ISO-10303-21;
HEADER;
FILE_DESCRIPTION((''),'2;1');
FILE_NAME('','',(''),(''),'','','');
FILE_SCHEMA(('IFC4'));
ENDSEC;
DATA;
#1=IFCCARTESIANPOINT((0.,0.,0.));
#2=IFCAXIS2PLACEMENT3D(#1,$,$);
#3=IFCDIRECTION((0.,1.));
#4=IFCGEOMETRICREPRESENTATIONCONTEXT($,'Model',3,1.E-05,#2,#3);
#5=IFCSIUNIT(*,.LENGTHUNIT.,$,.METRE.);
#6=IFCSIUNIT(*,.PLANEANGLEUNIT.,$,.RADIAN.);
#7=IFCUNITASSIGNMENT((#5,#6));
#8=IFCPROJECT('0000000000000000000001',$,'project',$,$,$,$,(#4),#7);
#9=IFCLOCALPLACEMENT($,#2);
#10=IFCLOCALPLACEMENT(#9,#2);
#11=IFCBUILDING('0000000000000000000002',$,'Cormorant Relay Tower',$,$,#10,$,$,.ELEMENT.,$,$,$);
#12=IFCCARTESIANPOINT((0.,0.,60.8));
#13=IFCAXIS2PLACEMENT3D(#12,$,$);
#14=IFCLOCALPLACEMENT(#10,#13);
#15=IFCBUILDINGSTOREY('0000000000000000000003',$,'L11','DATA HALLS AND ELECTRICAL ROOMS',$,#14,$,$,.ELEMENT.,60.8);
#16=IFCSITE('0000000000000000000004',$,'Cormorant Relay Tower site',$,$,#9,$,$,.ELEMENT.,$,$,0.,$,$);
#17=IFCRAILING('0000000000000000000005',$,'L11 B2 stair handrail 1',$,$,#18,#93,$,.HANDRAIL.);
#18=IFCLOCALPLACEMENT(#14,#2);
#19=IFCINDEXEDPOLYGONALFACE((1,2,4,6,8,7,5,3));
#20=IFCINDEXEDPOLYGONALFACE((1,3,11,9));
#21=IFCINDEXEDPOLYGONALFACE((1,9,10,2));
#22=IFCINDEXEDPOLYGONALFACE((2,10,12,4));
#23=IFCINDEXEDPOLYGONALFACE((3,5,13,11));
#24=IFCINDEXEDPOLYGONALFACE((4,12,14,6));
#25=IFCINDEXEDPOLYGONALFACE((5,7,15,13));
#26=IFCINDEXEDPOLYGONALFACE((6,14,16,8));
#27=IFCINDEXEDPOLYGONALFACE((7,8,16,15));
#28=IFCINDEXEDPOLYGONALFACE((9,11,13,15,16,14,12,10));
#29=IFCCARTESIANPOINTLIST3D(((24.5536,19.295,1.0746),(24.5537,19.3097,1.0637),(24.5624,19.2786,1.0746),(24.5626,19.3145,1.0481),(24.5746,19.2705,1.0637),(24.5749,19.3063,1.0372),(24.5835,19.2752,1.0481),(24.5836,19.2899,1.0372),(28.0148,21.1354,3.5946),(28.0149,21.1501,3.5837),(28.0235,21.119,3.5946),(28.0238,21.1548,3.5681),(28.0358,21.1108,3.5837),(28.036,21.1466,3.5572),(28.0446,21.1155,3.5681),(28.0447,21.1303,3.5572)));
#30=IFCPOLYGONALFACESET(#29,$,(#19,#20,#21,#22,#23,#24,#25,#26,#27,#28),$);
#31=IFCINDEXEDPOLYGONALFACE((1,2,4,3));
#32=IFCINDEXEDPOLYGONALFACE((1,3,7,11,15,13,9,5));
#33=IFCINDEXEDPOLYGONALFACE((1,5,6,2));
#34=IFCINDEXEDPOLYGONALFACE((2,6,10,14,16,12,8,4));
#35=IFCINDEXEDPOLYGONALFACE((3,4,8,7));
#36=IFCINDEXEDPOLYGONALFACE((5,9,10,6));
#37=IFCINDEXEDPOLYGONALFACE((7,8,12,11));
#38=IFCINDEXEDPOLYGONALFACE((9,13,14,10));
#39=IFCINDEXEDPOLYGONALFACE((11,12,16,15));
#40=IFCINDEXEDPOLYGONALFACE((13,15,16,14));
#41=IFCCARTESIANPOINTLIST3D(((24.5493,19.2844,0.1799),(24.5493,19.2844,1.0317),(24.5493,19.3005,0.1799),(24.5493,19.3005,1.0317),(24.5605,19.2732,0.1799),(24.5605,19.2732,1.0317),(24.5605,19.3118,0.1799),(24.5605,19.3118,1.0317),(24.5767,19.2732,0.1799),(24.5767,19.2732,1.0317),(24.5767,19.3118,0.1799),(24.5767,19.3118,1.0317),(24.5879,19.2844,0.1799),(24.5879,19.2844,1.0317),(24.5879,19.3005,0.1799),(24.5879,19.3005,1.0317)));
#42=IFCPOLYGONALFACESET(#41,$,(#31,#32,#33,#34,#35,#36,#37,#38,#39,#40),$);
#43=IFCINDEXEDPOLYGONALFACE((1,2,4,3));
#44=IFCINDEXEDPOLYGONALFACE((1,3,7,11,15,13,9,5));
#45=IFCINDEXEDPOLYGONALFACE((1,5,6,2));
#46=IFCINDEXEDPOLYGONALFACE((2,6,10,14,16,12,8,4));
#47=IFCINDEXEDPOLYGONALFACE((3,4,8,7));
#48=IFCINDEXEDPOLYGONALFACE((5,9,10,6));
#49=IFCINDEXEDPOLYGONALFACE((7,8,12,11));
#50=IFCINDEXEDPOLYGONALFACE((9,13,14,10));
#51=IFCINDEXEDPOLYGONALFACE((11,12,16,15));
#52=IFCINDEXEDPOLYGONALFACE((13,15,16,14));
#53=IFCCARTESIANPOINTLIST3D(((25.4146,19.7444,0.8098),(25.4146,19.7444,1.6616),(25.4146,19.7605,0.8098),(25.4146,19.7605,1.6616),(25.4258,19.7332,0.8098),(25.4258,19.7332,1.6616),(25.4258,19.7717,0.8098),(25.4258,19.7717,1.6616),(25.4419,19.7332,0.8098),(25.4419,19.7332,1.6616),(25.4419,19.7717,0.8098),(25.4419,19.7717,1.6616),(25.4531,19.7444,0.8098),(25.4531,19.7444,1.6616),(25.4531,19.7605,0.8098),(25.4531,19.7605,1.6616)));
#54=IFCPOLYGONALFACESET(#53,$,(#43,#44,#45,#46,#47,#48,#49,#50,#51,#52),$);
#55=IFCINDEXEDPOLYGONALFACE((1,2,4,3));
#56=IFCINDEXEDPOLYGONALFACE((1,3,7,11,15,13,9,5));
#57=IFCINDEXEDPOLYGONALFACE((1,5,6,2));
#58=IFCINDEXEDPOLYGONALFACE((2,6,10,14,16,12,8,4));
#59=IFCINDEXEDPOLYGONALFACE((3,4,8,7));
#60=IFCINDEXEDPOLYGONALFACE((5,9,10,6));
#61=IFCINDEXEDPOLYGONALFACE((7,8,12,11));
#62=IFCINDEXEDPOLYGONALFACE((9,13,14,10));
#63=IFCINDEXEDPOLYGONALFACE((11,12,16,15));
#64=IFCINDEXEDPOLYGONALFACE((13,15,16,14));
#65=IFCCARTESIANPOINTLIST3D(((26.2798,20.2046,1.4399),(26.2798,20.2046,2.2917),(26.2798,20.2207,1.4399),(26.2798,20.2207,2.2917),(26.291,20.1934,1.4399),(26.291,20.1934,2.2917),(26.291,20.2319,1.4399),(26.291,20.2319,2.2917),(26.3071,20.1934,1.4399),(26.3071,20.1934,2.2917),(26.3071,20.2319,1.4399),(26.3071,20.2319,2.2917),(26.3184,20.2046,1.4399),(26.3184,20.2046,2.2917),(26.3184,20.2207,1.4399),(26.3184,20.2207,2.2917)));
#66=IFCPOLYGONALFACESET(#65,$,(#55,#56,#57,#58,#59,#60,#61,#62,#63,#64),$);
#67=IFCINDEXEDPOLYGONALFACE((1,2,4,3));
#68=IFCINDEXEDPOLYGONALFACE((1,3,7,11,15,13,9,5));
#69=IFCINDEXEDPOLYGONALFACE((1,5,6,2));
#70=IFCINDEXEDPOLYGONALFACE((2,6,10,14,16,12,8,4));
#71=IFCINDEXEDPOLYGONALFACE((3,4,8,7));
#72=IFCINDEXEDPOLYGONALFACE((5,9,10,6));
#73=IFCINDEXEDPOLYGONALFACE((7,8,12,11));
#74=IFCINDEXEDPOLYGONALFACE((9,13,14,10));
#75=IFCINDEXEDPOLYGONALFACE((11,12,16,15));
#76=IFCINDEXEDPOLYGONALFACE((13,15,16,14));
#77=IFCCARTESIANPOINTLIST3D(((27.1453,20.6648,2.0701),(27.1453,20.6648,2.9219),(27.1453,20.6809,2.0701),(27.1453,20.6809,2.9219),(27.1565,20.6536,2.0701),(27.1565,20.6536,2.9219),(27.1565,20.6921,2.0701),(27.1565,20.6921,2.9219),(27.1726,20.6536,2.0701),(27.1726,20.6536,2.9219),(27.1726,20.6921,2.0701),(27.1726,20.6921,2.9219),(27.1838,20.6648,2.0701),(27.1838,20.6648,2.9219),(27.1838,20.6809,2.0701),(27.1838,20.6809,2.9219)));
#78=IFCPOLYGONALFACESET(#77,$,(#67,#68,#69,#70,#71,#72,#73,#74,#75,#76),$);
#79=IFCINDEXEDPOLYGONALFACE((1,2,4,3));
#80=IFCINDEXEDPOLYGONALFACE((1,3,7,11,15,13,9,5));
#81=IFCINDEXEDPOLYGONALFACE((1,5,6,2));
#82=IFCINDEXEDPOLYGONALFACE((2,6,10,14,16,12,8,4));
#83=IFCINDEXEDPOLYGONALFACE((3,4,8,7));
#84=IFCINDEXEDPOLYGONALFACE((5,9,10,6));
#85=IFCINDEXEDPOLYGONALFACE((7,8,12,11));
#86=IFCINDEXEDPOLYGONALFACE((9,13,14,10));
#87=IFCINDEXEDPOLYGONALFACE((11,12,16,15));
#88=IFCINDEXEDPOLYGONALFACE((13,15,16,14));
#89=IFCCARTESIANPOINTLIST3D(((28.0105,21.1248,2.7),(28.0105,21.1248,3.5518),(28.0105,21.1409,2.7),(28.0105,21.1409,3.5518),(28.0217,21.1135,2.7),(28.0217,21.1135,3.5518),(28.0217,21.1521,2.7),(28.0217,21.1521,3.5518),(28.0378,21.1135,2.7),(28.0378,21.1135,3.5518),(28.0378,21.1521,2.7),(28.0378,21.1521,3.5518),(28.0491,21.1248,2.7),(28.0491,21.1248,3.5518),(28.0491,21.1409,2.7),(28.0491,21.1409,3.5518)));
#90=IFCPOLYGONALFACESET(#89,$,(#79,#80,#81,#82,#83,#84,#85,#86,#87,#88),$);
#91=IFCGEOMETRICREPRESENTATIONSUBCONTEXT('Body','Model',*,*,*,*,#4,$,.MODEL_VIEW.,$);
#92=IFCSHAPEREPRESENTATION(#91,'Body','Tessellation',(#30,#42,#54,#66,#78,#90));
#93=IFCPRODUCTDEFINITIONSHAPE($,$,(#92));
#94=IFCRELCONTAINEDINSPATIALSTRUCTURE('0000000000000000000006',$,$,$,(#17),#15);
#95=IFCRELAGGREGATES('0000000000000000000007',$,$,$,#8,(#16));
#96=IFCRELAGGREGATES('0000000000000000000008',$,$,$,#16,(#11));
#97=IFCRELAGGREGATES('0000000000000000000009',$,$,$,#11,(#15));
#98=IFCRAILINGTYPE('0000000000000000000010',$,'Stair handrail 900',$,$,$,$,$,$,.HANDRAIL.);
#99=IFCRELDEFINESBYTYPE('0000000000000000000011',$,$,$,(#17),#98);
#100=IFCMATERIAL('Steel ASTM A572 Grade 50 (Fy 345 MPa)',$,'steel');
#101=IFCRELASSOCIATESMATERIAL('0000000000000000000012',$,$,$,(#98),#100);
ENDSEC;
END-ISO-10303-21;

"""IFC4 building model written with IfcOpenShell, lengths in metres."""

from ifc_helpers import new_model, si_unit, direction, frame, origin, place, context, subcontext, project, spatial, polyline, outline, extrude, material, type_object, element, save


model = new_model("IFC4")

# Units and contexts
model_context = context("Model", 3, precision=1e-05, world=origin(), true_north=direction((0.0, 1.0)))
body_context = subcontext(model_context, "Body", "Model", "MODEL_VIEW")
ifc_project = project(units=[si_unit("LENGTHUNIT", "METRE"), si_unit("PLANEANGLEUNIT", "RADIAN")], contexts=[model_context])

# Site, building, storey
site_placement = place(None, origin())
site = spatial("IfcSite", under=ifc_project, at=site_placement, Name="Cormorant Relay Tower site", CompositionType="ELEMENT", RefElevation=0.0)
building_placement = place(site_placement, origin())
building = spatial("IfcBuilding", under=site, at=building_placement, Name="Cormorant Relay Tower", CompositionType="ELEMENT")
storey_placement = place(building_placement, frame((0.0, 0.0, 60.8)))
storey = spatial("IfcBuildingStorey", under=building, at=storey_placement, Name="L11", Description="DATA HALLS AND ELECTRICAL ROOMS", CompositionType="ELEMENT", Elevation=60.8)

# Railing
ifc_material_1 = material(Name="Steel ASTM A572 Grade 50 (Fy 345 MPa)", Category="steel")
railing_type_1 = type_object("IfcRailingType", Name="Stair handrail 900", PredefinedType="HANDRAIL", material=ifc_material_1)
railing_1_placement = place(storey_placement, frame((24.5686, 19.2925, 0.1799)))
element("IfcRailing", 1, at=railing_1_placement, inside=storey, type_object=railing_type_1, Name="L11 B2 stair handrail 1", PredefinedType="HANDRAIL", context=body_context, shape_type="SweptSolid", body=[
    extrude(outline(polyline([(0.0222, 0.0093), (0.0093, 0.0222), (-0.0093, 0.0222), (-0.0222, 0.0093), (-0.0222, -0.0093), (-0.0093, -0.0222), (0.0093, -0.0222), (0.0222, -0.0093), (0.0222, 0.0093)])), frame((0.0, 0.0, 0.876), z_axis=(0.742717, 0.394907, 0.540758), x_axis=(-0.469469, 0.882949, 0.0)), (0.0, 0.0, 1.0), 4.6602),
    extrude(outline(polyline([(0.0193, 0.0081), (0.0081, 0.0193), (-0.0081, 0.0193), (-0.0193, 0.0081), (-0.0193, -0.0081), (-0.0081, -0.0193), (0.0081, -0.0193), (0.0193, -0.0081), (0.0193, 0.0081)])), origin(), (0.0, 0.0, 1.0), 0.8518),
    extrude(outline(polyline([(0.0193, 0.0081), (0.0081, 0.0193), (-0.0081, 0.0193), (-0.0193, 0.0081), (-0.0193, -0.0081), (-0.0081, -0.0193), (0.0081, -0.0193), (0.0193, -0.0081), (0.0193, 0.0081)])), frame((0.8652, 0.46, 0.6299)), (0.0, 0.0, 1.0), 0.8518),
    extrude(outline(polyline([(0.0193, 0.0081), (0.0081, 0.0193), (-0.0081, 0.0193), (-0.0193, 0.0081), (-0.0193, -0.0081), (-0.0081, -0.0193), (0.0081, -0.0193), (0.0193, -0.0081), (0.0193, 0.0081)])), frame((1.7305, 0.9202, 1.26)), (0.0, 0.0, 1.0), 0.8518),
    extrude(outline(polyline([(0.0193, 0.0081), (0.0081, 0.0193), (-0.0081, 0.0193), (-0.0193, 0.0081), (-0.0193, -0.0081), (-0.0081, -0.0193), (0.0081, -0.0193), (0.0193, -0.0081), (0.0193, 0.0081)])), frame((2.5959, 1.3804, 1.8901)), (0.0, 0.0, 1.0), 0.8518),
    extrude(outline(polyline([(0.0193, 0.0081), (0.0081, 0.0193), (-0.0081, 0.0193), (-0.0193, 0.0081), (-0.0193, -0.0081), (-0.0081, -0.0193), (0.0081, -0.0193), (0.0193, -0.0081), (0.0193, 0.0081)])), frame((3.4612, 1.8403, 2.52)), (0.0, 0.0, 1.0), 0.8518),
])

save(model, "model.ifc")
